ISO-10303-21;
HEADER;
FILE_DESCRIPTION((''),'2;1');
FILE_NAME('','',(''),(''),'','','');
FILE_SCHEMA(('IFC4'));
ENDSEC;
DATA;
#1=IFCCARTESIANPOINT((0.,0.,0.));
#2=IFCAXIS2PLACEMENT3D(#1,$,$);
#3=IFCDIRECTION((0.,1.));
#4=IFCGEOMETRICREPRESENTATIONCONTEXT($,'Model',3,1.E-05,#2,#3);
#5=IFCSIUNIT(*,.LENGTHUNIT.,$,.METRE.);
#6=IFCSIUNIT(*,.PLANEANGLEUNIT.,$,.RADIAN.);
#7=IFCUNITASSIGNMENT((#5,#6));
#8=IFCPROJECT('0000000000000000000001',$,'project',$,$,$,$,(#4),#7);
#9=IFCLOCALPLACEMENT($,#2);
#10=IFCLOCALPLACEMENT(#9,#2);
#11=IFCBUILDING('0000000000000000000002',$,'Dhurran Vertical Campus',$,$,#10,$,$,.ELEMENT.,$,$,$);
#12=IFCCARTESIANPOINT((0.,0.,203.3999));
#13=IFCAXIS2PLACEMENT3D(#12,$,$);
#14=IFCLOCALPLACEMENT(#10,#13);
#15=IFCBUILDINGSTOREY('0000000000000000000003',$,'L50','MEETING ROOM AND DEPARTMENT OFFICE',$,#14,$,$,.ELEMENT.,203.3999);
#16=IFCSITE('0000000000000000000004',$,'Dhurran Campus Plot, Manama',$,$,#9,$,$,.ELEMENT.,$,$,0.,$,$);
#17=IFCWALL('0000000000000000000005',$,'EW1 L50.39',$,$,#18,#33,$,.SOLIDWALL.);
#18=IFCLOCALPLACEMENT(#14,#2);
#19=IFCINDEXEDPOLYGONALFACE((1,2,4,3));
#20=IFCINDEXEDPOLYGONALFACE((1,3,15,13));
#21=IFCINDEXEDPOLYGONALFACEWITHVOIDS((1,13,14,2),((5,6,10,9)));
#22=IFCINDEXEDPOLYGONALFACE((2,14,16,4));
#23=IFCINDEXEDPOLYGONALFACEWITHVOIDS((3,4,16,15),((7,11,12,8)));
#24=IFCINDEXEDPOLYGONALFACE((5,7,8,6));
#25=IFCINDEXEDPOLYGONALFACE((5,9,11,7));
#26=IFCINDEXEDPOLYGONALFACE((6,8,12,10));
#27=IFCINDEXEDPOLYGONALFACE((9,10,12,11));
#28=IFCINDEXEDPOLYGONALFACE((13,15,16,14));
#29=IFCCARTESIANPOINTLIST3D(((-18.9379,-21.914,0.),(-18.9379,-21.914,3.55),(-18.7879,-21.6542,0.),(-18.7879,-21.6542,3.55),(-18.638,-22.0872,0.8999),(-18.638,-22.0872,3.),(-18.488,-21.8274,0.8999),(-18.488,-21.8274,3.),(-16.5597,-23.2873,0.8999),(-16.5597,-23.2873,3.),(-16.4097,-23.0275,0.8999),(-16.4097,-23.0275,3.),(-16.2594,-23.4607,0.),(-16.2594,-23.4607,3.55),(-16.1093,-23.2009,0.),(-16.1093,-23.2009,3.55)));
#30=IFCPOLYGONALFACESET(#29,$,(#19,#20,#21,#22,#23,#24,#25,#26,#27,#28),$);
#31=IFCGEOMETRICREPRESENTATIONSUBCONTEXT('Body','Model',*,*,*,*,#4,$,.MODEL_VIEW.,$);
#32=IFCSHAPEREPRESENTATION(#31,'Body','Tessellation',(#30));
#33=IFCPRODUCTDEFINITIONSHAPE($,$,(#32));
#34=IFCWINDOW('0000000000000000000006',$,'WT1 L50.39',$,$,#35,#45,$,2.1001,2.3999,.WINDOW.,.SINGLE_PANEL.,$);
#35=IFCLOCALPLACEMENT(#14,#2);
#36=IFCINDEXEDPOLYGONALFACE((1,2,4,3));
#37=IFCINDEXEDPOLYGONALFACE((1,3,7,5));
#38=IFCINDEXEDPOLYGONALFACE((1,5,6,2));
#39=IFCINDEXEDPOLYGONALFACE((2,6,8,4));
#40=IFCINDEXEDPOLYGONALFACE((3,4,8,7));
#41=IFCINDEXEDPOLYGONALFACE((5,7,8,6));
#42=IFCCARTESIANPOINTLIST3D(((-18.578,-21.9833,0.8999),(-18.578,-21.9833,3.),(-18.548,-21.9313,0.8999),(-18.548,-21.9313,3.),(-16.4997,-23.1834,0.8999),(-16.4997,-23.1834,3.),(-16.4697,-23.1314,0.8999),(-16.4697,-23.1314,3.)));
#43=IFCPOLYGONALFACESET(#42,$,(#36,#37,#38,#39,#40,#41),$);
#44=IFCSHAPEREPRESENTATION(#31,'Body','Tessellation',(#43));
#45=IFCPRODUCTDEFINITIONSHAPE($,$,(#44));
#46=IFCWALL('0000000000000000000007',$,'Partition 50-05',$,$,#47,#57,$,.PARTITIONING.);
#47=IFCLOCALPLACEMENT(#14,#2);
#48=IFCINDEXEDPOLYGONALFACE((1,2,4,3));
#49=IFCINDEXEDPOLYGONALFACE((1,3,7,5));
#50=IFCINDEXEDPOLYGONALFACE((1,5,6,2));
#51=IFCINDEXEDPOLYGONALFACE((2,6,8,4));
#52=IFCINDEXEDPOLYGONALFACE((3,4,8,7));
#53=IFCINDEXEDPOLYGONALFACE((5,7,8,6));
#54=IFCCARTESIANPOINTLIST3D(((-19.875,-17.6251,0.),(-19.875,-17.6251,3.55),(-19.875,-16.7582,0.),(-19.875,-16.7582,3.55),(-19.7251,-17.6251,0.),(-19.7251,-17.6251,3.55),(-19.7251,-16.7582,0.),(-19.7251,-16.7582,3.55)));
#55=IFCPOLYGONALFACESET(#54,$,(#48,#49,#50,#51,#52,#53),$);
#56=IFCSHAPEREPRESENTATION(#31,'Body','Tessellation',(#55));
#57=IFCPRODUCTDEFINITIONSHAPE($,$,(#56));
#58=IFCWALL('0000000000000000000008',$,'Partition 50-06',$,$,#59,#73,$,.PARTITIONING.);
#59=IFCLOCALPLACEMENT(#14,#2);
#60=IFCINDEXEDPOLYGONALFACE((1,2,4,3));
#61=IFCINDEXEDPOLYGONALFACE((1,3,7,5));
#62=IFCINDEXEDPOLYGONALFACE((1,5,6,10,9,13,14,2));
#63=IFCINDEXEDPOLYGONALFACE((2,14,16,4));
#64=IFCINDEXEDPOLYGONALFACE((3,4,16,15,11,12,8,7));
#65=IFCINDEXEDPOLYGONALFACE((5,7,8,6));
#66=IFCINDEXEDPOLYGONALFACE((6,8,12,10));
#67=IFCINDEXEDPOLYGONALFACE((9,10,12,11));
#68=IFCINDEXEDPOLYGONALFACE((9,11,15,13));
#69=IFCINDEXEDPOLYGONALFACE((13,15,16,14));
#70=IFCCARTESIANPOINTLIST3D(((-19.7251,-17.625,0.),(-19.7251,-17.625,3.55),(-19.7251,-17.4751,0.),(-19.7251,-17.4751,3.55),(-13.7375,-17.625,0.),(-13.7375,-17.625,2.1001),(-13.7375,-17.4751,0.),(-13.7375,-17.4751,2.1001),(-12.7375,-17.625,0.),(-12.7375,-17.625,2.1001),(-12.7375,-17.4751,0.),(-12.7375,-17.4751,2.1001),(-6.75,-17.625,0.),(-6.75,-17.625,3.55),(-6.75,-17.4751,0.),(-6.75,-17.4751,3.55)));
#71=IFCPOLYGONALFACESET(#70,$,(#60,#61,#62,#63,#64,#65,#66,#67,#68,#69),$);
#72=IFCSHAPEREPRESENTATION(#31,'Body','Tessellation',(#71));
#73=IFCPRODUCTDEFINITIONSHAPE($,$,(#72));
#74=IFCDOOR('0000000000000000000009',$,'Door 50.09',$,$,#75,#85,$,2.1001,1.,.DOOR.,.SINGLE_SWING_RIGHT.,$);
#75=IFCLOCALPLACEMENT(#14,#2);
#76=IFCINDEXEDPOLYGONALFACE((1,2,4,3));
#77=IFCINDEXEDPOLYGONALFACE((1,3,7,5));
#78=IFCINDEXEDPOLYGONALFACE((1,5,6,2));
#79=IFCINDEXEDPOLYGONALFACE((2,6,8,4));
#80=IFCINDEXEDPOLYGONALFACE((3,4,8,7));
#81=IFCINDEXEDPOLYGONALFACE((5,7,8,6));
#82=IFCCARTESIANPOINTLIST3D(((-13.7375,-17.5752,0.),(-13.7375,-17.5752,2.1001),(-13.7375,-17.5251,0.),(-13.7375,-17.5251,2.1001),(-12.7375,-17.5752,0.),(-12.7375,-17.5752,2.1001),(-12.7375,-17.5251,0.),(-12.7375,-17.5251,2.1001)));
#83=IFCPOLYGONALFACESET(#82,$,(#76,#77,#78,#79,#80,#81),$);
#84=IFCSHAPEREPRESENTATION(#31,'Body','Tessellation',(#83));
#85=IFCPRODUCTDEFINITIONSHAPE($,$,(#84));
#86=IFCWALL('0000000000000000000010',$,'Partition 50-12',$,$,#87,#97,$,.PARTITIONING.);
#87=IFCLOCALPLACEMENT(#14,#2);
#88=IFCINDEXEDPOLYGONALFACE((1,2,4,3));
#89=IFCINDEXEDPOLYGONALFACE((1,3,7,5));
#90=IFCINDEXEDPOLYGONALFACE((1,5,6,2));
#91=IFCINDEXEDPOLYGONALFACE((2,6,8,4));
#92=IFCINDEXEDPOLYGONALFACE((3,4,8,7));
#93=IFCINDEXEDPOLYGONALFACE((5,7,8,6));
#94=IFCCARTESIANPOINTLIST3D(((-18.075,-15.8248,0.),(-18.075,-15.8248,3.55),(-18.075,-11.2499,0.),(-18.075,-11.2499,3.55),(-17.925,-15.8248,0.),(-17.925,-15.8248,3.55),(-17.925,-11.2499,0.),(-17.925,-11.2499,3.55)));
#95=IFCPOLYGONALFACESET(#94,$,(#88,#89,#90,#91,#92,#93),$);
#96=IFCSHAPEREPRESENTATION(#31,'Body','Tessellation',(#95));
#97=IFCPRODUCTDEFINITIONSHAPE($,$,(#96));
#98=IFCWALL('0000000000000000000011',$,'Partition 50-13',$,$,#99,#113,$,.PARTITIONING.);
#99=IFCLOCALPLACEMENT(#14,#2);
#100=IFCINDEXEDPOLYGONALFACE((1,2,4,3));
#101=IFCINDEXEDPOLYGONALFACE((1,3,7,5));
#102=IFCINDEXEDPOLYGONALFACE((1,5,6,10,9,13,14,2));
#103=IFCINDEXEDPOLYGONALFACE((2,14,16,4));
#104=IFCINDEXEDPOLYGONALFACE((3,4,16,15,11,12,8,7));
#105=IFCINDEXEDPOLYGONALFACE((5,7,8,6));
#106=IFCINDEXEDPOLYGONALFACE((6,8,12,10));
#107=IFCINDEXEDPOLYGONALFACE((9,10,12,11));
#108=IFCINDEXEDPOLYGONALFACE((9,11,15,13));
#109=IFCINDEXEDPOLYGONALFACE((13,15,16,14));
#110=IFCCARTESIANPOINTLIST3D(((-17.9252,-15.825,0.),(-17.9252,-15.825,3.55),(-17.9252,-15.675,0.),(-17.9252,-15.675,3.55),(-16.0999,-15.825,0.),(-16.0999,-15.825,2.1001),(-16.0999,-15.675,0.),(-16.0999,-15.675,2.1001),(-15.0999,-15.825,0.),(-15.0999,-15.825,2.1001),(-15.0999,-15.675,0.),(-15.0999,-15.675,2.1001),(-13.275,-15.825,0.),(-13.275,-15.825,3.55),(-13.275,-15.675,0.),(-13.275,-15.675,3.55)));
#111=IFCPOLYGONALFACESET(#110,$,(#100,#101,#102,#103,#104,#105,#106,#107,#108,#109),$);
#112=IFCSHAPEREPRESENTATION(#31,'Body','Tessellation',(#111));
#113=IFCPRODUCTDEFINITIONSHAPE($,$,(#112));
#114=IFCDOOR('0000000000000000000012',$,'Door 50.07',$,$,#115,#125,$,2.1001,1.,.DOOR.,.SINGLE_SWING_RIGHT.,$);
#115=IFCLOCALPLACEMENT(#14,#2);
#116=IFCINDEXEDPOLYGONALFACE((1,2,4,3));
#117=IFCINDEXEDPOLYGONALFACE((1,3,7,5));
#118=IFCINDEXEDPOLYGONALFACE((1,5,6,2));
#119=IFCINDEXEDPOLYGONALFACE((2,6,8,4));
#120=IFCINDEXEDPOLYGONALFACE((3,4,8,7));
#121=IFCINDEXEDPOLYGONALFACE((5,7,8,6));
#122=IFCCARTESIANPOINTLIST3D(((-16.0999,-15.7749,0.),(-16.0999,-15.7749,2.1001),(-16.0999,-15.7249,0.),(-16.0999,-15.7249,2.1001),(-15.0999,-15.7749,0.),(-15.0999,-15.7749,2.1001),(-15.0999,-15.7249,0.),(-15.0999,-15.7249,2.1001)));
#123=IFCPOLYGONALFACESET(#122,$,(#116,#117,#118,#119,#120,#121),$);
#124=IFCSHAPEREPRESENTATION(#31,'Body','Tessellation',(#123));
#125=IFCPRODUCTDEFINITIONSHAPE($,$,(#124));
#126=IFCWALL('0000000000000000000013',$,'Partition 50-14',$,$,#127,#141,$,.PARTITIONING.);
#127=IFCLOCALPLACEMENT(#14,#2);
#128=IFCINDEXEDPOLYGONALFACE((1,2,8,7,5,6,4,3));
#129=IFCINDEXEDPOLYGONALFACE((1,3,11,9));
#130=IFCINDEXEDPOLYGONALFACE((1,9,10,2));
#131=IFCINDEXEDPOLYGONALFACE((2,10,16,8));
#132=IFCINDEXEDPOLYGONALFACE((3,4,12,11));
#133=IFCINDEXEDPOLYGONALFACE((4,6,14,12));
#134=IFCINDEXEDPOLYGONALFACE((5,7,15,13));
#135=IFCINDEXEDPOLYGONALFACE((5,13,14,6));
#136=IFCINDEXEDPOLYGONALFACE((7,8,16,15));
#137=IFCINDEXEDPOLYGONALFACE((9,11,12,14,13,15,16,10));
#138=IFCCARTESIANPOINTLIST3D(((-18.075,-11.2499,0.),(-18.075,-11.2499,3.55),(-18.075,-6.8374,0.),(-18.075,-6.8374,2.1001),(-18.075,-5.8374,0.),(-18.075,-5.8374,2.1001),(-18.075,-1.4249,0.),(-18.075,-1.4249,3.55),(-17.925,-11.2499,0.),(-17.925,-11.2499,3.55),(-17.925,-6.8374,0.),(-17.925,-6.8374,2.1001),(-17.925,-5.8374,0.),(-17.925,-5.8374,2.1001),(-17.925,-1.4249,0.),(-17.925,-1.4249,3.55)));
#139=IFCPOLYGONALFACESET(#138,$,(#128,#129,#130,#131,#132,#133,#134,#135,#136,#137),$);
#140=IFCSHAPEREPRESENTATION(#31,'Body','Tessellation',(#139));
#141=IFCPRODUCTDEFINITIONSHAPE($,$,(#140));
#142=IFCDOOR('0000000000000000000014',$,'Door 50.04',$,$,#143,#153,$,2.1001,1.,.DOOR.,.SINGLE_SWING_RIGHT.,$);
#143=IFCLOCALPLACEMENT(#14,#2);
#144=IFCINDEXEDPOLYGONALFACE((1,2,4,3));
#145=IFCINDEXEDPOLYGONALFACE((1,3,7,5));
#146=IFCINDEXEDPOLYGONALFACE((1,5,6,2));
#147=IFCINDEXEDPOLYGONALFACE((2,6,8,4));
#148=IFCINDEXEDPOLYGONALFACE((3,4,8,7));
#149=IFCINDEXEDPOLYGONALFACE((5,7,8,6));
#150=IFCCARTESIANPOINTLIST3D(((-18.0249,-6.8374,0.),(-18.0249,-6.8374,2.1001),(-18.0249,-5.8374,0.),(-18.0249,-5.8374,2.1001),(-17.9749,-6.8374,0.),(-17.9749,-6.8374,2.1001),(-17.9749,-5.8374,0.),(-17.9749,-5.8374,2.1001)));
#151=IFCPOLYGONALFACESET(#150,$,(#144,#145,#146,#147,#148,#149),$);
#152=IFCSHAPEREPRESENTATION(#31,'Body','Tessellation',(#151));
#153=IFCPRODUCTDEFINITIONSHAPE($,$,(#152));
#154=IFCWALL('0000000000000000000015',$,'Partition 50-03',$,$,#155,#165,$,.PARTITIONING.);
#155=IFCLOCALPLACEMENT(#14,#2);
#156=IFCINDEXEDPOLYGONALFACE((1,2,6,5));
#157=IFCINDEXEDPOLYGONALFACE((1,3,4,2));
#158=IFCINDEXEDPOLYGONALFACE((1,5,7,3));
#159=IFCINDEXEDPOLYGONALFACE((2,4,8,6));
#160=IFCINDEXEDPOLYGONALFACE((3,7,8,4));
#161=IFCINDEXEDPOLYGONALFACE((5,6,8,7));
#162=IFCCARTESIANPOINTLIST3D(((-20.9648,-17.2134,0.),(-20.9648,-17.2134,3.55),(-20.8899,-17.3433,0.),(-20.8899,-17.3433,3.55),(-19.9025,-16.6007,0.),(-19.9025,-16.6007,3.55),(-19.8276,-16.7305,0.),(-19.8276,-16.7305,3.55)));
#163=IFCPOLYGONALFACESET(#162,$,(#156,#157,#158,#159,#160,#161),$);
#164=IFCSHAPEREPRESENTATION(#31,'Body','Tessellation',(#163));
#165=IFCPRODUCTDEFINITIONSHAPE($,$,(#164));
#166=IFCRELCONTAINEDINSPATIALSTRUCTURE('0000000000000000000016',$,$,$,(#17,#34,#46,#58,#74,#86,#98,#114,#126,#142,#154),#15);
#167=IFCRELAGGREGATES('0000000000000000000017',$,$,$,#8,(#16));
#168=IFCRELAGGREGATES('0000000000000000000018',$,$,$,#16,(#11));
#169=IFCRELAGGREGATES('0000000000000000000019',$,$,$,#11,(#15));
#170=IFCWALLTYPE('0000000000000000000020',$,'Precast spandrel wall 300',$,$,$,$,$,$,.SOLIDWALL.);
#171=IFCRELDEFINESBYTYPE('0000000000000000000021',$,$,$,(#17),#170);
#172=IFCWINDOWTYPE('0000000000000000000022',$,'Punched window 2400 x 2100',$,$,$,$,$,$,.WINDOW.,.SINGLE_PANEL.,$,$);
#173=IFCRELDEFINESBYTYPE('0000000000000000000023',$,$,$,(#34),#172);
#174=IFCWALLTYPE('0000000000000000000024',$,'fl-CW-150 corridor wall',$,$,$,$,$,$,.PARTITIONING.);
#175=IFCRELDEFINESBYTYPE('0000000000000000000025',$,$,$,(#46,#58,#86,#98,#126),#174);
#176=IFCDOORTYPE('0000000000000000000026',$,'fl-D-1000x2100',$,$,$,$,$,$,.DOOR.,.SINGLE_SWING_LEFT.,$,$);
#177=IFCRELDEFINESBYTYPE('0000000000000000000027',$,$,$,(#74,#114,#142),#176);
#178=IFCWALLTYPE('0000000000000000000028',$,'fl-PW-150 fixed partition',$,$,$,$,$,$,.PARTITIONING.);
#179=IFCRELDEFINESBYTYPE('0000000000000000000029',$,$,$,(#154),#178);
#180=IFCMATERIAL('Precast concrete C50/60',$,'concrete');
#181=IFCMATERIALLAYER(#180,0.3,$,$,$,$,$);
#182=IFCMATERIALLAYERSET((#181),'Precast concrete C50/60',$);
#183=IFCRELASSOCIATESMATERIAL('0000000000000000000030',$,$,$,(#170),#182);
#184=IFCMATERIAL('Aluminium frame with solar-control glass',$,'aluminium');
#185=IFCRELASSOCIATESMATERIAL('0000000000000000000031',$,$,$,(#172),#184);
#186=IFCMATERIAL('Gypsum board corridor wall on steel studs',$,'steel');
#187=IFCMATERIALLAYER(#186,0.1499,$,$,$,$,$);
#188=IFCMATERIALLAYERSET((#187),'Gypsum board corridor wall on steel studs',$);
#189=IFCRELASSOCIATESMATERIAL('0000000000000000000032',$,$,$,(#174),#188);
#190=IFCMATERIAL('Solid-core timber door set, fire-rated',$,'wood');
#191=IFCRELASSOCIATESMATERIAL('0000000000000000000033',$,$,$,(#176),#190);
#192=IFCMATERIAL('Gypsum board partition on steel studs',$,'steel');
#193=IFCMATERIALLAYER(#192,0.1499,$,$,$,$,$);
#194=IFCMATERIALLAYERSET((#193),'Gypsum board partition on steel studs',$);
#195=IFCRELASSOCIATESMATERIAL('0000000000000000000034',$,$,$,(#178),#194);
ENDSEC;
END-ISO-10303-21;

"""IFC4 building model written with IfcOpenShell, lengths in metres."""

from ifc_helpers import new_model, si_unit, direction, frame, frame_2d, origin, place, context, subcontext, project, spatial, rectangle, extrude, material, layer, layer_set, type_object, element, fill, save


model = new_model("IFC4")

# Units and contexts
model_context = context("Model", 3, precision=1e-05, world=origin(), true_north=direction((0.0, 1.0)))
body_context = subcontext(model_context, "Body", "Model", "MODEL_VIEW")
ifc_project = project(units=[si_unit("LENGTHUNIT", "METRE"), si_unit("PLANEANGLEUNIT", "RADIAN")], contexts=[model_context])

# Site, building, storey
site_placement = place(None, origin())
site = spatial("IfcSite", under=ifc_project, at=site_placement, Name="Dhurran Campus Plot, Manama", CompositionType="ELEMENT", RefElevation=0.0)
building_placement = place(site_placement, origin())
building = spatial("IfcBuilding", under=site, at=building_placement, Name="Dhurran Vertical Campus", CompositionType="ELEMENT")
storey_placement = place(building_placement, frame((0.0, 0.0, 203.3999)))
storey = spatial("IfcBuildingStorey", under=building, at=storey_placement, Name="L50", Description="MEETING ROOM AND DEPARTMENT OFFICE", CompositionType="ELEMENT", Elevation=203.3999)

# Wall, opening, window
ifc_material_1 = material(Name="Precast concrete C50/60", Category="concrete")
ifc_layer_1 = layer(ifc_material_1, 0.3)
ifc_layer_set_1 = layer_set([ifc_layer_1], Name="Precast concrete C50/60")
wall_type_1 = type_object("IfcWallType", Name="Precast spandrel wall 300", PredefinedType="SOLIDWALL", material=ifc_layer_set_1)
ifc_material_2 = material(Name="Aluminium frame with solar-control glass", Category="aluminium")
window_type = type_object("IfcWindowType", Name="Punched window 2400 x 2100", PartitioningType="SINGLE_PANEL", PredefinedType="WINDOW", material=ifc_material_2)
wall_1_placement = place(storey_placement, frame((-18.8628, -21.7842, 0.0), z_axis=(0.0, 0.0, 1.0), x_axis=(0.865995, -0.500053, 0.0)))
wall_1 = element("IfcWall", 1, at=wall_1_placement, inside=storey, type_object=wall_type_1, Name="EW1 L50.39", PredefinedType="SOLIDWALL", context=body_context, shape_type="SweptSolid", body=[
    extrude(rectangle(XDim=3.093, YDim=0.3, at=frame_2d((1.5464, 0.0))), origin(), (0.0, 0.0, 1.0), 3.55),
])
opening_1_placement = place(wall_1_placement, frame((0.3462, 0.0, 0.8999)))
opening_1 = element("IfcOpeningElement", 2, at=opening_1_placement, cuts=wall_1, PredefinedType="OPENING", context=body_context, shape_type="SweptSolid", body=[
    extrude(rectangle(XDim=2.3999, YDim=2.1001, at=frame_2d((1.2, 1.05))), frame((0.0, 0.1599, 0.0), z_axis=(0.0, -1.0, 0.0), x_axis=(1.0, 0.0, 0.0)), (0.0, 0.0, 1.0), 0.3201),
])
window_1_placement = place(opening_1_placement, origin())
window_1 = element("IfcWindow", 3, at=window_1_placement, inside=storey, type_object=window_type, Name="WT1 L50.39", OverallHeight=2.1001, OverallWidth=2.3999, PartitioningType="SINGLE_PANEL", PredefinedType="WINDOW", context=body_context, shape_type="SweptSolid", body=[
    extrude(rectangle(XDim=2.3999, YDim=2.1001, at=frame_2d((1.2, 1.05))), frame((0.0, 0.03, 0.0), z_axis=(0.0, -1.0, 0.0), x_axis=(1.0, 0.0, 0.0)), (0.0, 0.0, 1.0), 0.0601),
])
fill(opening_1, window_1)

# Wall
ifc_material_3 = material(Name="Gypsum board corridor wall on steel studs", Category="steel")
ifc_layer_2 = layer(ifc_material_3, 0.1499)
ifc_layer_set_2 = layer_set([ifc_layer_2], Name="Gypsum board corridor wall on steel studs")
wall_type_2 = type_object("IfcWallType", Name="fl-CW-150 corridor wall", PredefinedType="PARTITIONING", material=ifc_layer_set_2)
wall_2_placement = place(storey_placement, frame((-19.8, -16.7581, 0.0), z_axis=(0.0, 0.0, 1.0), x_axis=(0.0, -1.0, 0.0)))
element("IfcWall", 4, at=wall_2_placement, inside=storey, type_object=wall_type_2, Name="Partition 50-05", PredefinedType="PARTITIONING", context=body_context, shape_type="SweptSolid", body=[
    extrude(rectangle(XDim=0.8669, YDim=0.1499, at=frame_2d((0.4336, 0.0))), origin(), (0.0, 0.0, 1.0), 3.55),
])

# Wall, opening, door
wall_3_placement = place(storey_placement, frame((-19.7251, -17.55, 0.0), z_axis=(0.0, 0.0, 1.0), x_axis=(1.0, 0.0, 0.0)))
wall_3 = element("IfcWall", 5, at=wall_3_placement, inside=storey, type_object=wall_type_2, Name="Partition 50-06", PredefinedType="PARTITIONING", context=body_context, shape_type="SweptSolid", body=[
    extrude(rectangle(XDim=12.9751, YDim=0.1499, at=frame_2d((6.4875, 0.0))), origin(), (0.0, 0.0, 1.0), 3.55),
])
opening_2_placement = place(wall_3_placement, frame((5.9875, 0.0, 0.0)))
opening_2 = element("IfcOpeningElement", 6, at=opening_2_placement, cuts=wall_3, PredefinedType="OPENING", context=body_context, shape_type="SweptSolid", body=[
    extrude(rectangle(XDim=1.0, YDim=2.1001, at=frame_2d((0.5, 1.05))), frame((0.0, 0.085, 0.0), z_axis=(0.0, -1.0, 0.0), x_axis=(1.0, 0.0, 0.0)), (0.0, 0.0, 1.0), 0.1699),
])
ifc_material_4 = material(Name="Solid-core timber door set, fire-rated", Category="wood")
door_type = type_object("IfcDoorType", Name="fl-D-1000x2100", OperationType="SINGLE_SWING_LEFT", PredefinedType="DOOR", material=ifc_material_4)
door_1_placement = place(opening_2_placement, origin())
door_1 = element("IfcDoor", 7, at=door_1_placement, inside=storey, type_object=door_type, Name="Door 50.09", OperationType="SINGLE_SWING_RIGHT", OverallHeight=2.1001, OverallWidth=1.0, PredefinedType="DOOR", context=body_context, shape_type="SweptSolid", body=[
    extrude(rectangle(XDim=1.0, YDim=2.1001, at=frame_2d((0.5, 1.05))), frame((0.0, 0.0249, 0.0), z_axis=(0.0, -1.0, 0.0), x_axis=(1.0, 0.0, 0.0)), (0.0, 0.0, 1.0), 0.05),
])
fill(opening_2, door_1)

# Wall
wall_4_placement = place(storey_placement, frame((-18.0, -15.825, 0.0), z_axis=(0.0, 0.0, 1.0), x_axis=(0.0, 1.0, 0.0)))
element("IfcWall", 8, at=wall_4_placement, inside=storey, type_object=wall_type_2, Name="Partition 50-12", PredefinedType="PARTITIONING", context=body_context, shape_type="SweptSolid", body=[
    extrude(rectangle(XDim=4.575, YDim=0.1499, at=frame_2d((2.2876, 0.0))), origin(), (0.0, 0.0, 1.0), 3.55),
])

# Walls, openings, doors
wall_5_placement = place(storey_placement, frame((-13.2749, -15.75, 0.0), z_axis=(0.0, 0.0, 1.0), x_axis=(-1.0, 0.0, 0.0)))
wall_5 = element("IfcWall", 9, at=wall_5_placement, inside=storey, type_object=wall_type_2, Name="Partition 50-13", PredefinedType="PARTITIONING", context=body_context, shape_type="SweptSolid", body=[
    extrude(rectangle(XDim=4.6501, YDim=0.1499, at=frame_2d((2.3252, 0.0))), origin(), (0.0, 0.0, 1.0), 3.55),
])
opening_3_placement = place(wall_5_placement, frame((1.825, 0.0, 0.0)))
opening_3 = element("IfcOpeningElement", 10, at=opening_3_placement, cuts=wall_5, PredefinedType="OPENING", context=body_context, shape_type="SweptSolid", body=[
    extrude(rectangle(XDim=1.0, YDim=2.1001, at=frame_2d((0.5, 1.05))), frame((0.0, 0.085, 0.0), z_axis=(0.0, -1.0, 0.0), x_axis=(1.0, 0.0, 0.0)), (0.0, 0.0, 1.0), 0.1699),
])
door_2_placement = place(opening_3_placement, origin())
door_2 = element("IfcDoor", 11, at=door_2_placement, inside=storey, type_object=door_type, Name="Door 50.07", OperationType="SINGLE_SWING_RIGHT", OverallHeight=2.1001, OverallWidth=1.0, PredefinedType="DOOR", context=body_context, shape_type="SweptSolid", body=[
    extrude(rectangle(XDim=1.0, YDim=2.1001, at=frame_2d((0.5, 1.05))), frame((0.0, 0.0249, 0.0), z_axis=(0.0, -1.0, 0.0), x_axis=(1.0, 0.0, 0.0)), (0.0, 0.0, 1.0), 0.05),
])
fill(opening_3, door_2)
wall_6_placement = place(storey_placement, frame((-18.0, -11.25, 0.0), z_axis=(0.0, 0.0, 1.0), x_axis=(0.0, 1.0, 0.0)))
wall_6 = element("IfcWall", 12, at=wall_6_placement, inside=storey, type_object=wall_type_2, Name="Partition 50-14", PredefinedType="PARTITIONING", context=body_context, shape_type="SweptSolid", body=[
    extrude(rectangle(XDim=9.825, YDim=0.1499, at=frame_2d((4.9126, 0.0))), origin(), (0.0, 0.0, 1.0), 3.55),
])
opening_4_placement = place(wall_6_placement, frame((4.4126, 0.0, 0.0)))
opening_4 = element("IfcOpeningElement", 13, at=opening_4_placement, cuts=wall_6, PredefinedType="OPENING", context=body_context, shape_type="SweptSolid", body=[
    extrude(rectangle(XDim=1.0, YDim=2.1001, at=frame_2d((0.5, 1.05))), frame((0.0, 0.085, 0.0), z_axis=(0.0, -1.0, 0.0), x_axis=(1.0, 0.0, 0.0)), (0.0, 0.0, 1.0), 0.1699),
])
door_3_placement = place(opening_4_placement, origin())
door_3 = element("IfcDoor", 14, at=door_3_placement, inside=storey, type_object=door_type, Name="Door 50.04", OperationType="SINGLE_SWING_RIGHT", OverallHeight=2.1001, OverallWidth=1.0, PredefinedType="DOOR", context=body_context, shape_type="SweptSolid", body=[
    extrude(rectangle(XDim=1.0, YDim=2.1001, at=frame_2d((0.5, 1.05))), frame((0.0, 0.0249, 0.0), z_axis=(0.0, -1.0, 0.0), x_axis=(1.0, 0.0, 0.0)), (0.0, 0.0, 1.0), 0.05),
])
fill(opening_4, door_3)

# Wall
ifc_material_5 = material(Name="Gypsum board partition on steel studs", Category="steel")
ifc_layer_3 = layer(ifc_material_5, 0.1499)
ifc_layer_set_3 = layer_set([ifc_layer_3], Name="Gypsum board partition on steel studs")
wall_type_3 = type_object("IfcWallType", Name="fl-PW-150 fixed partition", PredefinedType="PARTITIONING", material=ifc_layer_set_3)
wall_7_placement = place(storey_placement, frame((-19.865, -16.6655, 0.0), z_axis=(0.0, 0.0, 1.0), x_axis=(-0.866202, -0.499694, 0.0)))
element("IfcWall", 15, at=wall_7_placement, inside=storey, type_object=wall_type_3, Name="Partition 50-03", PredefinedType="PARTITIONING", context=body_context, shape_type="SweptSolid", body=[
    extrude(rectangle(XDim=1.2263, YDim=0.1499, at=frame_2d((0.6133, 0.0))), origin(), (0.0, 0.0, 1.0), 3.55),
])

save(model, "model.ifc")
